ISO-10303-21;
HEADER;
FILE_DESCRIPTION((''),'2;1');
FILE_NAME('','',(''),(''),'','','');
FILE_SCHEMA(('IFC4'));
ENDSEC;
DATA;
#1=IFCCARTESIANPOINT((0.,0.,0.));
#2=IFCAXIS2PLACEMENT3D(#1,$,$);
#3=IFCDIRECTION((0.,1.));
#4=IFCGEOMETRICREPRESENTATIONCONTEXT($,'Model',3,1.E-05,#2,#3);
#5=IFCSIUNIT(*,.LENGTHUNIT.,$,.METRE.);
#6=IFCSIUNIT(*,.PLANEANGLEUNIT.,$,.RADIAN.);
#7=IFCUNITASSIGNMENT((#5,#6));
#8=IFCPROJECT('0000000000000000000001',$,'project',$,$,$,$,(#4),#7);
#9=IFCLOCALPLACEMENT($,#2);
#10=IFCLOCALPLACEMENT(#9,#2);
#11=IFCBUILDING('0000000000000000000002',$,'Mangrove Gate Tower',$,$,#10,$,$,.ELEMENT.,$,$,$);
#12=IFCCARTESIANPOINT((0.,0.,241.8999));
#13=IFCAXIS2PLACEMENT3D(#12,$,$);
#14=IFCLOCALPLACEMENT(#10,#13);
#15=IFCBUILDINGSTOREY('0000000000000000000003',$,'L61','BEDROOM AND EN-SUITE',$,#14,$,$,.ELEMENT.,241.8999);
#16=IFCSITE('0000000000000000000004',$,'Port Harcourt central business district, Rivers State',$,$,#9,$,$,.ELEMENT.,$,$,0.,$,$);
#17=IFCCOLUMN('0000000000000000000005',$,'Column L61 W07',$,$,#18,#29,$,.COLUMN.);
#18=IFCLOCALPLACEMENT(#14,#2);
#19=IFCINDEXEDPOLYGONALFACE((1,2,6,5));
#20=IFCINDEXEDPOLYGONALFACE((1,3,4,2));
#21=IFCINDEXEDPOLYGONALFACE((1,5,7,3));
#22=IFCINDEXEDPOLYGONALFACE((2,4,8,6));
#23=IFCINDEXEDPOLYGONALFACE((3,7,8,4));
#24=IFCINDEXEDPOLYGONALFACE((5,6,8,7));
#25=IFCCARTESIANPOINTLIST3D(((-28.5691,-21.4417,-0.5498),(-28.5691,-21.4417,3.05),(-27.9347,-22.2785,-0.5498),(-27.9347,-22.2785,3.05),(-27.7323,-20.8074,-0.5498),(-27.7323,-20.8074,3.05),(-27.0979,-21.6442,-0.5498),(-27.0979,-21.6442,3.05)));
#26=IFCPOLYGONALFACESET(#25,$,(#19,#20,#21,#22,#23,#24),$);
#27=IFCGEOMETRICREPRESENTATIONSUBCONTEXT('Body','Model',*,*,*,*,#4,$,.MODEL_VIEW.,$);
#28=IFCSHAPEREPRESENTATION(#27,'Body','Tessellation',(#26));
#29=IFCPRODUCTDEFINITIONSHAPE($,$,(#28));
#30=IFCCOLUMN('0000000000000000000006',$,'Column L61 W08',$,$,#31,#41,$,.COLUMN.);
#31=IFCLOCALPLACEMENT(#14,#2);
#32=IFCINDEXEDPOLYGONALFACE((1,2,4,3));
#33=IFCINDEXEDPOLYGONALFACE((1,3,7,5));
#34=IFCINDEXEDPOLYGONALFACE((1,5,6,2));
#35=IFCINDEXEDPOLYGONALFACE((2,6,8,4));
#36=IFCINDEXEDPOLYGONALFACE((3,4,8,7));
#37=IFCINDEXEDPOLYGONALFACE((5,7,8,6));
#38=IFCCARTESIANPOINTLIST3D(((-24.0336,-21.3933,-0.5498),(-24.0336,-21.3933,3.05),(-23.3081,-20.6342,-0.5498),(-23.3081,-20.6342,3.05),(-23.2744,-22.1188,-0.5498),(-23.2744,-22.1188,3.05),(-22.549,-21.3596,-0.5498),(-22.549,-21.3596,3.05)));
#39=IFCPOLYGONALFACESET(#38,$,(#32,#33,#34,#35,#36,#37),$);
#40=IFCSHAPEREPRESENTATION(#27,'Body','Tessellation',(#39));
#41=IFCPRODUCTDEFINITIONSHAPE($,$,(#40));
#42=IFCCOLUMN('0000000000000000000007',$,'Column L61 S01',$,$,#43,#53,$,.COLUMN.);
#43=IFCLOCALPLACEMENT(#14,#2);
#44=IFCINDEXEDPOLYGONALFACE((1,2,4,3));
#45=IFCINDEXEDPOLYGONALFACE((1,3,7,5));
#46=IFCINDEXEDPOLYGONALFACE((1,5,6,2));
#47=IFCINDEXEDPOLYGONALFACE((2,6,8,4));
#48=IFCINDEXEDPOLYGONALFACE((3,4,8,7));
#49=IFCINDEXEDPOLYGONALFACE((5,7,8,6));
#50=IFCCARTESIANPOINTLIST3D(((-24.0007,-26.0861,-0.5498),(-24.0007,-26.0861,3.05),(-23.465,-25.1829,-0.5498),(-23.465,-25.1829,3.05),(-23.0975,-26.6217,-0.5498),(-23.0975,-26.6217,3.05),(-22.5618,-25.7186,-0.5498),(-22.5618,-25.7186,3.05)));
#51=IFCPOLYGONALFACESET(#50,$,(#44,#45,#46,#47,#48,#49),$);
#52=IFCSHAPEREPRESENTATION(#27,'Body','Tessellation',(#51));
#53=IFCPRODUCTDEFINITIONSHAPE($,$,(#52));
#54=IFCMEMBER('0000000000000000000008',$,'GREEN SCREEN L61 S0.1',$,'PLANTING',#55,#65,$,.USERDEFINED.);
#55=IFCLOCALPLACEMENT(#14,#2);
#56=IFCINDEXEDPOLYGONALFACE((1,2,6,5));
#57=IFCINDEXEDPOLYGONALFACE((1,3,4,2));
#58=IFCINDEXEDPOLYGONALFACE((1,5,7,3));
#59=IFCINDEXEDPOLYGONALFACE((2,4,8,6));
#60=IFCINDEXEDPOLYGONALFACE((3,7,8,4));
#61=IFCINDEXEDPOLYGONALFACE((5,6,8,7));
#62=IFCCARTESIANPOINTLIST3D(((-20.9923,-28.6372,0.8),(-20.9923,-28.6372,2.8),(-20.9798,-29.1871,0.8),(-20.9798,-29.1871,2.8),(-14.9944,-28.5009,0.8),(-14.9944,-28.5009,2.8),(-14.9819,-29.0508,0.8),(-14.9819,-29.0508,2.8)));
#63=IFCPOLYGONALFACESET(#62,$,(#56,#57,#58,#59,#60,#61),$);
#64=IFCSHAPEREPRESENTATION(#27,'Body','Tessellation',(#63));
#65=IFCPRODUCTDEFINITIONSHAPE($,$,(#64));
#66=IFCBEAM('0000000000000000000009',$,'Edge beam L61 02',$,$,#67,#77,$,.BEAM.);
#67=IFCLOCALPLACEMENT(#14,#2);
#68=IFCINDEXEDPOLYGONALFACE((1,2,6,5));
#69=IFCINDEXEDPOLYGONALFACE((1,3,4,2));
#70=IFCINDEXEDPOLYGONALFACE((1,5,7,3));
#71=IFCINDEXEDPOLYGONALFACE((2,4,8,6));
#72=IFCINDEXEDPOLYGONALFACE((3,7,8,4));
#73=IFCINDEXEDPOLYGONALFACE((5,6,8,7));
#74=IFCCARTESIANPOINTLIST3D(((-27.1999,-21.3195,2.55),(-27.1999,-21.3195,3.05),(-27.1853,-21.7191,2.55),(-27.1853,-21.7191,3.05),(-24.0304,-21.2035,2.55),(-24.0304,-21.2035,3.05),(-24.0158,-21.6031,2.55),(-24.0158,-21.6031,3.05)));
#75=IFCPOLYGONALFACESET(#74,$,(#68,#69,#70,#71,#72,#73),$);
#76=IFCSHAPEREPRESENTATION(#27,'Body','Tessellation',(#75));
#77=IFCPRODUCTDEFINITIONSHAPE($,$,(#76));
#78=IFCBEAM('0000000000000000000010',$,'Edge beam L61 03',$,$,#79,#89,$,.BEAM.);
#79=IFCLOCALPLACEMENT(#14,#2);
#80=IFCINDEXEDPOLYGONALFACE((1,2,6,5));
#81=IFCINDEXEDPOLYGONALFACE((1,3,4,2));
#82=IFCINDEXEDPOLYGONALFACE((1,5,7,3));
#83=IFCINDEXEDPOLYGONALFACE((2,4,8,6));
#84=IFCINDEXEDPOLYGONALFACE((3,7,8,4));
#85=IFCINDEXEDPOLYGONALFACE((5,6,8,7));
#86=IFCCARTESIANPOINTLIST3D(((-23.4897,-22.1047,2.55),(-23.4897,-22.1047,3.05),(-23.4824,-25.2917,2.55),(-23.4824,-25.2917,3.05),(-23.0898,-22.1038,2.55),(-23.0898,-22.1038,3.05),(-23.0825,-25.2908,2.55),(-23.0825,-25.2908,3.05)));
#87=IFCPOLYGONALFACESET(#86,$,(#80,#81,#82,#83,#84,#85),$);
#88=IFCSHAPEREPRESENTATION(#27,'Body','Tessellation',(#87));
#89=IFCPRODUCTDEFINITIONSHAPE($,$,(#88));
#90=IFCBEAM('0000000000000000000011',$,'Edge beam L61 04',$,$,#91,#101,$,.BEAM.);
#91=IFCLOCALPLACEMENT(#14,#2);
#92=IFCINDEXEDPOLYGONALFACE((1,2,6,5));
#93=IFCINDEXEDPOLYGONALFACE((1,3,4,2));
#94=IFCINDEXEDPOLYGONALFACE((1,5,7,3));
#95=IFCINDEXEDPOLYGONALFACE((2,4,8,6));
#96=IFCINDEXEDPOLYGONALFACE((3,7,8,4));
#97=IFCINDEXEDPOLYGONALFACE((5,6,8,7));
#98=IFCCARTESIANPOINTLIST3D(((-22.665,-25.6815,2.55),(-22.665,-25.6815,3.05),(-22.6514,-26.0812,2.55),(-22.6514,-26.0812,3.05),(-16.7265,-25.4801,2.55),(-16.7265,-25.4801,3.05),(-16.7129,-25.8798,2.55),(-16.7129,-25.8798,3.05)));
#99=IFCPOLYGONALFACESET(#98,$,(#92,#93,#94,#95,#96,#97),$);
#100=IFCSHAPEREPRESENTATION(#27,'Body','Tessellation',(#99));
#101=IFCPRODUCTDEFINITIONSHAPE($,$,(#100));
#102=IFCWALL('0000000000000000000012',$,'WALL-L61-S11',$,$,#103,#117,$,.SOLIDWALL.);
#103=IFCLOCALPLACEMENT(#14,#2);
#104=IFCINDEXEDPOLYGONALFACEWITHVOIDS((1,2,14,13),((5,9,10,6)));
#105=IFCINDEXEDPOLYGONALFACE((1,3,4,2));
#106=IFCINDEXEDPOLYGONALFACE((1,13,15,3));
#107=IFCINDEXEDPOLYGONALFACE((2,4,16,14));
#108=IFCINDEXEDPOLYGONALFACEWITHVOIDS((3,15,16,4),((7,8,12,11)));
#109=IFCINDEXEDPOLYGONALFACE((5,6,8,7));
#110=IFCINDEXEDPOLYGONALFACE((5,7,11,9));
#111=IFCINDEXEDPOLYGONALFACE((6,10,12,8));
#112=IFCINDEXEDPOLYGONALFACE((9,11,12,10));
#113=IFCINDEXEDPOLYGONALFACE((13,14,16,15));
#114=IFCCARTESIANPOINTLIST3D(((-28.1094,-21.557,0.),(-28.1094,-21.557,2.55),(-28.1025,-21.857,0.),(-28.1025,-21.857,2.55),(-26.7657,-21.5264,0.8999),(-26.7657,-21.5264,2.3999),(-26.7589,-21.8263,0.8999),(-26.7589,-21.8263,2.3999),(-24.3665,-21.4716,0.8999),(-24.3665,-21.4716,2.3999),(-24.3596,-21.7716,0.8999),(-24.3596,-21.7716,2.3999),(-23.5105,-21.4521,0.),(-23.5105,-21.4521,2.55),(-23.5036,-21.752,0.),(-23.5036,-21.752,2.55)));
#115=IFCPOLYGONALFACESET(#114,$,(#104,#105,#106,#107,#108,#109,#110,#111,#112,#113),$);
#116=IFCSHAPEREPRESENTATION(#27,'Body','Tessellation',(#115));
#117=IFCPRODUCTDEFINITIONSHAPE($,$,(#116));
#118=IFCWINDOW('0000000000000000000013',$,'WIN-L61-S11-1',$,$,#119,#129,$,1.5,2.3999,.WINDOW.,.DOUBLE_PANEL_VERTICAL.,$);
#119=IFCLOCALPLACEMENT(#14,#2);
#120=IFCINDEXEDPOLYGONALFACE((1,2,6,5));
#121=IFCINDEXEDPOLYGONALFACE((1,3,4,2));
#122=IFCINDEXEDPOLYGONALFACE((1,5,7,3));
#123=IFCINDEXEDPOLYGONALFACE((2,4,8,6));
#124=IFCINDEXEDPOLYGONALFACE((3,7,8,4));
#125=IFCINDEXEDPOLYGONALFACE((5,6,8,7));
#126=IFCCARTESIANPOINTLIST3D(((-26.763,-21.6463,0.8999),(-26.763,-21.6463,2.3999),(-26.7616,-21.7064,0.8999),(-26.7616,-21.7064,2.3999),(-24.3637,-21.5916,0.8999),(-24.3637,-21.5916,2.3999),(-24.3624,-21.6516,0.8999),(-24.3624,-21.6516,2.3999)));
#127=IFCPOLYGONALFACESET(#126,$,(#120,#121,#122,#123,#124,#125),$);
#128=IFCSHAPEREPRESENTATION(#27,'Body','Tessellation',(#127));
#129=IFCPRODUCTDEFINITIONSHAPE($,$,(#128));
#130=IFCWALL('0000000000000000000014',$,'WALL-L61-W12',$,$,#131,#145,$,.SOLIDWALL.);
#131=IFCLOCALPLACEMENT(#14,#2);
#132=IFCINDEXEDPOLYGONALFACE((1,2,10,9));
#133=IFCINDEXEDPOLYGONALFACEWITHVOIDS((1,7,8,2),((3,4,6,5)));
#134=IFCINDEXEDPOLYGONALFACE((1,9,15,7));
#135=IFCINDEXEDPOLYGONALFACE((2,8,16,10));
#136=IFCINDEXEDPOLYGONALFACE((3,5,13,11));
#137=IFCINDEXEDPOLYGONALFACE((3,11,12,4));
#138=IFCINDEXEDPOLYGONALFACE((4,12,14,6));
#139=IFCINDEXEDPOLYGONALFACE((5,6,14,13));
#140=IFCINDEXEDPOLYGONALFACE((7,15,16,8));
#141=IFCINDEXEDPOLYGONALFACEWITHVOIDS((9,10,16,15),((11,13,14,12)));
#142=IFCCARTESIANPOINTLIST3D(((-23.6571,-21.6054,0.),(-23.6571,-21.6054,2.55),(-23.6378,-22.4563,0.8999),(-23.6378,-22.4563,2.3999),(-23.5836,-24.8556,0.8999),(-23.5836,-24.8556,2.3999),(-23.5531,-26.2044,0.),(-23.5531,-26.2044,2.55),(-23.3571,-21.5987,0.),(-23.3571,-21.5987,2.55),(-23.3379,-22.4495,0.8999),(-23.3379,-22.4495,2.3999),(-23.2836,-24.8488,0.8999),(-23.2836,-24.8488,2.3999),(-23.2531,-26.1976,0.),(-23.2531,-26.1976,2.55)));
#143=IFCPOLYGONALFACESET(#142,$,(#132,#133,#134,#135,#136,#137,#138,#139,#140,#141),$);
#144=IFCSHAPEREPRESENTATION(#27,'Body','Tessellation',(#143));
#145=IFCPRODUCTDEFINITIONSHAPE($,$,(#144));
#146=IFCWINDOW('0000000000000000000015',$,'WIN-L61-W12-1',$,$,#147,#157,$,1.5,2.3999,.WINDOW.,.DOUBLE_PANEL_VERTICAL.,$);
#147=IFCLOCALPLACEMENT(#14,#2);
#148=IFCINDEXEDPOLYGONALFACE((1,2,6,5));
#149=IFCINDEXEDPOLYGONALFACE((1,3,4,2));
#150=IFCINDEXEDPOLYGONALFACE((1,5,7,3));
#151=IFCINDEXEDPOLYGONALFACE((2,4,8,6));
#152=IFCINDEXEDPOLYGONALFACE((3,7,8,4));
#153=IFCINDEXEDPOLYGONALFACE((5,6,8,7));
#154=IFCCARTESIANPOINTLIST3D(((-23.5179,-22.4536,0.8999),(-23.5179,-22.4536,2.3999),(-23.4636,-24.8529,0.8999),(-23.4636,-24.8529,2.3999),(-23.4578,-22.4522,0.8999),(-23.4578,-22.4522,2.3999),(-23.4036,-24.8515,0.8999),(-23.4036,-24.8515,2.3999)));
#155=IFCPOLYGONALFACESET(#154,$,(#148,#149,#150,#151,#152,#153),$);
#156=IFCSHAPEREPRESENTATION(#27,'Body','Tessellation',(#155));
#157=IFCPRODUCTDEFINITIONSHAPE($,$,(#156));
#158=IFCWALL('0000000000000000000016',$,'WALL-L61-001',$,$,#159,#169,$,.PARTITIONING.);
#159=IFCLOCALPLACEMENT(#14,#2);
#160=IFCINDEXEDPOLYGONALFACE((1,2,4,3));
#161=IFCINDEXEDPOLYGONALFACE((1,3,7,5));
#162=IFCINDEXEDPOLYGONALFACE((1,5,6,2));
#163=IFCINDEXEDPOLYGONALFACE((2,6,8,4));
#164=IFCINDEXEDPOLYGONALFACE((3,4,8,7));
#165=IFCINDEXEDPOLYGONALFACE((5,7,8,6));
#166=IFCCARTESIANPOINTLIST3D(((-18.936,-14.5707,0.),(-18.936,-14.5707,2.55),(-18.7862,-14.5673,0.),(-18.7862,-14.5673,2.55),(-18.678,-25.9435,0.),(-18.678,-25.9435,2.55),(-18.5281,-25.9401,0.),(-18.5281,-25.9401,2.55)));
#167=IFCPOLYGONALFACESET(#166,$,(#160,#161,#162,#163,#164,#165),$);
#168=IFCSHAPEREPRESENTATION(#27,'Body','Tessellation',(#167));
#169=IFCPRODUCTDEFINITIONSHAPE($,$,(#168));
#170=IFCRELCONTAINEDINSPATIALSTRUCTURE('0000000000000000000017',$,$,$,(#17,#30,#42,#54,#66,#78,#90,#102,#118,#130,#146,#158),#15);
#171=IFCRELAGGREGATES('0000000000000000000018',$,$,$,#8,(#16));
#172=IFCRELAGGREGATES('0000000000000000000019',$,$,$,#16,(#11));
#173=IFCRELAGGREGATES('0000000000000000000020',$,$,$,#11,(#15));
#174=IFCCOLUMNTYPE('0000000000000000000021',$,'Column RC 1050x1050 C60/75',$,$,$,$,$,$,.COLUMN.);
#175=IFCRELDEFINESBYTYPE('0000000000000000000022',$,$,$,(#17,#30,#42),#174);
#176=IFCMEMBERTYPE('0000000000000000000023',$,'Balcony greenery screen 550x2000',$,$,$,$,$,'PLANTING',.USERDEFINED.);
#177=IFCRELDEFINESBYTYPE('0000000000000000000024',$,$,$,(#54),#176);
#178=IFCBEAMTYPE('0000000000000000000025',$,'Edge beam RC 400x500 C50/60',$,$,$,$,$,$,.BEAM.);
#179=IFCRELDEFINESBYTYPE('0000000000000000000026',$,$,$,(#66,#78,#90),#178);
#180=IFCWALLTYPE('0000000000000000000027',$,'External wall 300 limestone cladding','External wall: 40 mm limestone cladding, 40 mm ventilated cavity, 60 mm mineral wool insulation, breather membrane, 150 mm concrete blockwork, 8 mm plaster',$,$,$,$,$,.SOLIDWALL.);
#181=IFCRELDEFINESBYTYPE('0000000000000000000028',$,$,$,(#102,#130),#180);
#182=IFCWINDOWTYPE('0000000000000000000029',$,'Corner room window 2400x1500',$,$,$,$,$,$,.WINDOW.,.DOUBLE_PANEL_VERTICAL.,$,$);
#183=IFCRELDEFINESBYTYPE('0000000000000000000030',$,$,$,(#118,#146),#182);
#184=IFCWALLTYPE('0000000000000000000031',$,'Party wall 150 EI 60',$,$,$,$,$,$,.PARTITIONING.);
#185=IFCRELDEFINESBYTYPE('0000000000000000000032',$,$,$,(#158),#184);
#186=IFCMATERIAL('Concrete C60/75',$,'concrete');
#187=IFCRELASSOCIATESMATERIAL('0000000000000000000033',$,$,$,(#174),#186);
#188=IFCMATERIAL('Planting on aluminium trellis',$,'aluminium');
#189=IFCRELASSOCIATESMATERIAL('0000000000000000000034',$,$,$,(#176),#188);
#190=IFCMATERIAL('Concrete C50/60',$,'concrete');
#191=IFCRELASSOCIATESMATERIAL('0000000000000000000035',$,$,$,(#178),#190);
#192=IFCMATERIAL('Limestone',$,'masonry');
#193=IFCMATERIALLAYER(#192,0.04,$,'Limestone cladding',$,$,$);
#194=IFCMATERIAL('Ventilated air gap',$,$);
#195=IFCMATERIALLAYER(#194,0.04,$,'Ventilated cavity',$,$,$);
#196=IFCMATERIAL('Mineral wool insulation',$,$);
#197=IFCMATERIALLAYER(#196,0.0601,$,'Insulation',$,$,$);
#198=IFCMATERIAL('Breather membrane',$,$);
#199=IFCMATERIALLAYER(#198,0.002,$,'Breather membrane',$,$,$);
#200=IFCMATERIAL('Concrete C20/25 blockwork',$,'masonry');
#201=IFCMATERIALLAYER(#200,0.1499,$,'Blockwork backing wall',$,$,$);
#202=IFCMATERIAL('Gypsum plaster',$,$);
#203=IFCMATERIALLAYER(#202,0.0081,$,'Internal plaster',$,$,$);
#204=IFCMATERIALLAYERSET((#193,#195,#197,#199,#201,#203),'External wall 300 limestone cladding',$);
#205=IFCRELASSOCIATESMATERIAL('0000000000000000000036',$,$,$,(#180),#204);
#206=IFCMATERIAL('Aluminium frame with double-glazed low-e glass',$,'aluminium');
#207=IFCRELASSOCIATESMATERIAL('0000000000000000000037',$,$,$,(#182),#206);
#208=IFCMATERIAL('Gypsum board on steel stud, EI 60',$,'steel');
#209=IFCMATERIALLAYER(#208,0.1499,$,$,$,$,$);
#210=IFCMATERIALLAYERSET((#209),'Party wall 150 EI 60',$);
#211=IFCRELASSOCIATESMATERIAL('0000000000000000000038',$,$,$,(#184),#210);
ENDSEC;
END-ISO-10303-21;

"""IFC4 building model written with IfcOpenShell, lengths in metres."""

from ifc_helpers import new_model, si_unit, direction, frame, frame_2d, origin, origin_2d, place, context, subcontext, project, spatial, rectangle, extrude, material, layer, layer_set, material_profile, profile_set, type_object, element, fill, save


model = new_model("IFC4")

# Units and contexts
model_context = context("Model", 3, precision=1e-05, world=origin(), true_north=direction((0.0, 1.0)))
body_context = subcontext(model_context, "Body", "Model", "MODEL_VIEW")
ifc_project = project(units=[si_unit("LENGTHUNIT", "METRE"), si_unit("PLANEANGLEUNIT", "RADIAN")], contexts=[model_context])

# Site, building, storey
site_placement = place(None, origin())
site = spatial("IfcSite", under=ifc_project, at=site_placement, Name="Port Harcourt central business district, Rivers State", CompositionType="ELEMENT", RefElevation=0.0)
building_placement = place(site_placement, origin())
building = spatial("IfcBuilding", under=site, at=building_placement, Name="Mangrove Gate Tower", CompositionType="ELEMENT")
storey_placement = place(building_placement, frame((0.0, 0.0, 241.8999)))
storey = spatial("IfcBuildingStorey", under=building, at=storey_placement, Name="L61", Description="BEDROOM AND EN-SUITE", CompositionType="ELEMENT", Elevation=241.8999)

# Columns
ifc_material_1 = material(Name="Concrete C60/75", Category="concrete")
ifc_material_profile_1 = material_profile(ifc_material_1, rectangle(XDim=1.05, YDim=1.05, at=origin_2d()))
ifc_profile_set_1 = profile_set([ifc_material_profile_1], Name="Concrete C60/75")
column_type = type_object("IfcColumnType", Name="Column RC 1050x1050 C60/75", PredefinedType="COLUMN", material=ifc_profile_set_1)
for number, where, z_axis, x_axis, name in (
    (1, (-27.8335, -21.543, -0.5498), (0.0, 0.0, 1.0), (0.604088, -0.796917, 0.0), "Column L61 W07"),
    (2, (-23.2913, -21.3765, -0.5498), (0.0, 0.0, 1.0), (0.722989, -0.69086, 0.0), "Column L61 W08"),
    (3, (-23.2812, -25.9023, -0.5498), (0.0, 0.0, 1.0), (0.860103, -0.510121, 0.0), "Column L61 S01"),
):
    element("IfcColumn", number, at=place(storey_placement, frame(where, z_axis=z_axis, x_axis=x_axis)), inside=storey, type_object=column_type, Name=name, PredefinedType="COLUMN", context=body_context, shape_type="SweptSolid", body=[
        extrude(rectangle(XDim=1.05, YDim=1.05, at=origin_2d()), origin(), (0.0, 0.0, 1.0), 3.5999),
    ])

# Member
ifc_material_2 = material(Name="Planting on aluminium trellis", Category="aluminium")
ifc_material_profile_2 = material_profile(ifc_material_2, rectangle(XDim=0.55, YDim=2.0, at=origin_2d()))
ifc_profile_set_2 = profile_set([ifc_material_profile_2], Name="Planting on aluminium trellis")
member_type = type_object("IfcMemberType", Name="Balcony greenery screen 550x2000", ElementType="PLANTING", PredefinedType="USERDEFINED", material=ifc_profile_set_2)
member_placement = place(storey_placement, frame((-20.9861, -28.9121, 1.8), z_axis=(0.999742, 0.022707, 0.0), x_axis=(-0.022707, 0.999742, 0.0)))
element("IfcMember", 4, at=member_placement, inside=storey, type_object=member_type, Name="GREEN SCREEN L61 S0.1", ObjectType="PLANTING", PredefinedType="USERDEFINED", context=body_context, shape_type="SweptSolid", body=[
    extrude(rectangle(XDim=0.55, YDim=2.0, at=origin_2d()), origin(), (0.0, 0.0, 1.0), 5.9995),
])

# Beams
ifc_material_3 = material(Name="Concrete C50/60", Category="concrete")
ifc_material_profile_3 = material_profile(ifc_material_3, rectangle(XDim=0.3999, YDim=0.5, at=origin_2d()))
ifc_profile_set_3 = profile_set([ifc_material_profile_3], Name="Concrete C50/60")
beam_type = type_object("IfcBeamType", Name="Edge beam RC 400x500 C50/60", PredefinedType="BEAM", material=ifc_profile_set_3)
beam_1_placement = place(storey_placement, frame((-27.1926, -21.5193, 2.8), z_axis=(0.999331, 0.036565, 0.0), x_axis=(-0.036565, 0.999331, 0.0)))
element("IfcBeam", 5, at=beam_1_placement, inside=storey, type_object=beam_type, Name="Edge beam L61 02", PredefinedType="BEAM", context=body_context, shape_type="SweptSolid", body=[
    extrude(rectangle(XDim=0.3999, YDim=0.5, at=origin_2d()), origin(), (0.0, 0.0, 1.0), 3.1716),
])
beam_2_placement = place(storey_placement, frame((-23.2898, -22.1042, 2.8), z_axis=(0.002298, -0.999997, 0.0), x_axis=(0.999997, 0.002298, 0.0)))
element("IfcBeam", 6, at=beam_2_placement, inside=storey, type_object=beam_type, Name="Edge beam L61 03", PredefinedType="BEAM", context=body_context, shape_type="SweptSolid", body=[
    extrude(rectangle(XDim=0.3999, YDim=0.5, at=origin_2d()), origin(), (0.0, 0.0, 1.0), 3.187),
])
beam_3_placement = place(storey_placement, frame((-22.6582, -25.8813, 2.8), z_axis=(0.999425, 0.033898, 0.0), x_axis=(-0.033898, 0.999425, 0.0)))
element("IfcBeam", 7, at=beam_3_placement, inside=storey, type_object=beam_type, Name="Edge beam L61 04", PredefinedType="BEAM", context=body_context, shape_type="SweptSolid", body=[
    extrude(rectangle(XDim=0.3999, YDim=0.5, at=origin_2d()), origin(), (0.0, 0.0, 1.0), 5.9419),
])

# Walls, openings, windows
ifc_material_4 = material(Name="Limestone", Category="masonry")
ifc_layer_1 = layer(ifc_material_4, 0.04, Name="Limestone cladding")
ifc_material_5 = material(Name="Ventilated air gap")
ifc_layer_2 = layer(ifc_material_5, 0.04, Name="Ventilated cavity")
ifc_material_6 = material(Name="Mineral wool insulation")
ifc_layer_3 = layer(ifc_material_6, 0.0601, Name="Insulation")
ifc_material_7 = material(Name="Breather membrane")
ifc_layer_4 = layer(ifc_material_7, 0.002, Name="Breather membrane")
ifc_material_8 = material(Name="Concrete C20/25 blockwork", Category="masonry")
ifc_layer_5 = layer(ifc_material_8, 0.1499, Name="Blockwork backing wall")
ifc_material_9 = material(Name="Gypsum plaster")
ifc_layer_6 = layer(ifc_material_9, 0.0081, Name="Internal plaster")
ifc_layer_set_1 = layer_set([ifc_layer_1, ifc_layer_2, ifc_layer_3, ifc_layer_4, ifc_layer_5, ifc_layer_6], Name="External wall 300 limestone cladding")
wall_type_1 = type_object("IfcWallType", Name="External wall 300 limestone cladding", Description="External wall: 40 mm limestone cladding, 40 mm ventilated cavity, 60 mm mineral wool insulation, breather membrane, 150 mm concrete blockwork, 8 mm plaster", PredefinedType="SOLIDWALL", material=ifc_layer_set_1)
wall_1_placement = place(storey_placement, frame((-28.106, -21.707, 0.0), z_axis=(0.0, 0.0, 1.0), x_axis=(0.99974, 0.022821, 0.0)))
wall_1 = element("IfcWall", 8, at=wall_1_placement, inside=storey, type_object=wall_type_1, Name="WALL-L61-S11", PredefinedType="SOLIDWALL", context=body_context, shape_type="SweptSolid", body=[
    extrude(rectangle(XDim=4.6001, YDim=0.3, at=frame_2d((2.3, 0.0))), origin(), (0.0, 0.0, 1.0), 2.55),
])
opening_1_placement = place(wall_1_placement, frame((1.344, 0.0, 0.8999)))
opening_1 = element("IfcOpeningElement", 9, at=opening_1_placement, cuts=wall_1, PredefinedType="OPENING", context=body_context, shape_type="SweptSolid", body=[
    extrude(rectangle(XDim=2.3999, YDim=1.5, at=frame_2d((1.2, 0.75))), frame((0.0, 0.1599, 0.0), z_axis=(0.0, -1.0, 0.0), x_axis=(1.0, 0.0, 0.0)), (0.0, 0.0, 1.0), 0.3201),
])
ifc_material_10 = material(Name="Aluminium frame with double-glazed low-e glass", Category="aluminium")
window_type = type_object("IfcWindowType", Name="Corner room window 2400x1500", PartitioningType="DOUBLE_PANEL_VERTICAL", PredefinedType="WINDOW", material=ifc_material_10)
window_1_placement = place(opening_1_placement, origin())
window_1 = element("IfcWindow", 10, at=window_1_placement, inside=storey, type_object=window_type, Name="WIN-L61-S11-1", OverallHeight=1.5, OverallWidth=2.3999, PartitioningType="DOUBLE_PANEL_VERTICAL", PredefinedType="WINDOW", context=body_context, shape_type="SweptSolid", body=[
    extrude(rectangle(XDim=2.3999, YDim=1.5, at=frame_2d((1.2, 0.75))), frame((0.0, 0.03, 0.0), z_axis=(0.0, -1.0, 0.0), x_axis=(1.0, 0.0, 0.0)), (0.0, 0.0, 1.0), 0.0601),
])
fill(opening_1, window_1)
wall_2_placement = place(storey_placement, frame((-23.5071, -21.6021, 0.0), z_axis=(0.0, 0.0, 1.0), x_axis=(0.022609, -0.999744, 0.0)))
wall_2 = element("IfcWall", 11, at=wall_2_placement, inside=storey, type_object=wall_type_1, Name="WALL-L61-W12", PredefinedType="SOLIDWALL", context=body_context, shape_type="SweptSolid", body=[
    extrude(rectangle(XDim=4.6001, YDim=0.3, at=frame_2d((2.3, 0.0))), origin(), (0.0, 0.0, 1.0), 2.55),
])
opening_2_placement = place(wall_2_placement, frame((0.8511, 0.0, 0.8999)))
opening_2 = element("IfcOpeningElement", 12, at=opening_2_placement, cuts=wall_2, PredefinedType="OPENING", context=body_context, shape_type="SweptSolid", body=[
    extrude(rectangle(XDim=2.3999, YDim=1.5, at=frame_2d((1.2, 0.75))), frame((0.0, 0.1599, 0.0), z_axis=(0.0, -1.0, 0.0), x_axis=(1.0, 0.0, 0.0)), (0.0, 0.0, 1.0), 0.3201),
])
window_2_placement = place(opening_2_placement, origin())
window_2 = element("IfcWindow", 13, at=window_2_placement, inside=storey, type_object=window_type, Name="WIN-L61-W12-1", OverallHeight=1.5, OverallWidth=2.3999, PartitioningType="DOUBLE_PANEL_VERTICAL", PredefinedType="WINDOW", context=body_context, shape_type="SweptSolid", body=[
    extrude(rectangle(XDim=2.3999, YDim=1.5, at=frame_2d((1.2, 0.75))), frame((0.0, 0.03, 0.0), z_axis=(0.0, -1.0, 0.0), x_axis=(1.0, 0.0, 0.0)), (0.0, 0.0, 1.0), 0.0601),
])
fill(opening_2, window_2)

# Wall
ifc_material_11 = material(Name="Gypsum board on steel stud, EI 60", Category="steel")
ifc_layer_7 = layer(ifc_material_11, 0.1499)
ifc_layer_set_2 = layer_set([ifc_layer_7], Name="Party wall 150 EI 60")
wall_type_2 = type_object("IfcWallType", Name="Party wall 150 EI 60", PredefinedType="PARTITIONING", material=ifc_layer_set_2)
wall_3_placement = place(storey_placement, frame((-18.603, -25.9419, 0.0), z_axis=(0.0, 0.0, 1.0), x_axis=(-0.022685, 0.999743, 0.0)))
element("IfcWall", 14, at=wall_3_placement, inside=storey, type_object=wall_type_2, Name="WALL-L61-001", PredefinedType="PARTITIONING", context=body_context, shape_type="SweptSolid", body=[
    extrude(rectangle(XDim=11.3757, YDim=0.1499, at=frame_2d((5.688, 0.0))), origin(), (0.0, 0.0, 1.0), 2.55),
])

save(model, "model.ifc")
